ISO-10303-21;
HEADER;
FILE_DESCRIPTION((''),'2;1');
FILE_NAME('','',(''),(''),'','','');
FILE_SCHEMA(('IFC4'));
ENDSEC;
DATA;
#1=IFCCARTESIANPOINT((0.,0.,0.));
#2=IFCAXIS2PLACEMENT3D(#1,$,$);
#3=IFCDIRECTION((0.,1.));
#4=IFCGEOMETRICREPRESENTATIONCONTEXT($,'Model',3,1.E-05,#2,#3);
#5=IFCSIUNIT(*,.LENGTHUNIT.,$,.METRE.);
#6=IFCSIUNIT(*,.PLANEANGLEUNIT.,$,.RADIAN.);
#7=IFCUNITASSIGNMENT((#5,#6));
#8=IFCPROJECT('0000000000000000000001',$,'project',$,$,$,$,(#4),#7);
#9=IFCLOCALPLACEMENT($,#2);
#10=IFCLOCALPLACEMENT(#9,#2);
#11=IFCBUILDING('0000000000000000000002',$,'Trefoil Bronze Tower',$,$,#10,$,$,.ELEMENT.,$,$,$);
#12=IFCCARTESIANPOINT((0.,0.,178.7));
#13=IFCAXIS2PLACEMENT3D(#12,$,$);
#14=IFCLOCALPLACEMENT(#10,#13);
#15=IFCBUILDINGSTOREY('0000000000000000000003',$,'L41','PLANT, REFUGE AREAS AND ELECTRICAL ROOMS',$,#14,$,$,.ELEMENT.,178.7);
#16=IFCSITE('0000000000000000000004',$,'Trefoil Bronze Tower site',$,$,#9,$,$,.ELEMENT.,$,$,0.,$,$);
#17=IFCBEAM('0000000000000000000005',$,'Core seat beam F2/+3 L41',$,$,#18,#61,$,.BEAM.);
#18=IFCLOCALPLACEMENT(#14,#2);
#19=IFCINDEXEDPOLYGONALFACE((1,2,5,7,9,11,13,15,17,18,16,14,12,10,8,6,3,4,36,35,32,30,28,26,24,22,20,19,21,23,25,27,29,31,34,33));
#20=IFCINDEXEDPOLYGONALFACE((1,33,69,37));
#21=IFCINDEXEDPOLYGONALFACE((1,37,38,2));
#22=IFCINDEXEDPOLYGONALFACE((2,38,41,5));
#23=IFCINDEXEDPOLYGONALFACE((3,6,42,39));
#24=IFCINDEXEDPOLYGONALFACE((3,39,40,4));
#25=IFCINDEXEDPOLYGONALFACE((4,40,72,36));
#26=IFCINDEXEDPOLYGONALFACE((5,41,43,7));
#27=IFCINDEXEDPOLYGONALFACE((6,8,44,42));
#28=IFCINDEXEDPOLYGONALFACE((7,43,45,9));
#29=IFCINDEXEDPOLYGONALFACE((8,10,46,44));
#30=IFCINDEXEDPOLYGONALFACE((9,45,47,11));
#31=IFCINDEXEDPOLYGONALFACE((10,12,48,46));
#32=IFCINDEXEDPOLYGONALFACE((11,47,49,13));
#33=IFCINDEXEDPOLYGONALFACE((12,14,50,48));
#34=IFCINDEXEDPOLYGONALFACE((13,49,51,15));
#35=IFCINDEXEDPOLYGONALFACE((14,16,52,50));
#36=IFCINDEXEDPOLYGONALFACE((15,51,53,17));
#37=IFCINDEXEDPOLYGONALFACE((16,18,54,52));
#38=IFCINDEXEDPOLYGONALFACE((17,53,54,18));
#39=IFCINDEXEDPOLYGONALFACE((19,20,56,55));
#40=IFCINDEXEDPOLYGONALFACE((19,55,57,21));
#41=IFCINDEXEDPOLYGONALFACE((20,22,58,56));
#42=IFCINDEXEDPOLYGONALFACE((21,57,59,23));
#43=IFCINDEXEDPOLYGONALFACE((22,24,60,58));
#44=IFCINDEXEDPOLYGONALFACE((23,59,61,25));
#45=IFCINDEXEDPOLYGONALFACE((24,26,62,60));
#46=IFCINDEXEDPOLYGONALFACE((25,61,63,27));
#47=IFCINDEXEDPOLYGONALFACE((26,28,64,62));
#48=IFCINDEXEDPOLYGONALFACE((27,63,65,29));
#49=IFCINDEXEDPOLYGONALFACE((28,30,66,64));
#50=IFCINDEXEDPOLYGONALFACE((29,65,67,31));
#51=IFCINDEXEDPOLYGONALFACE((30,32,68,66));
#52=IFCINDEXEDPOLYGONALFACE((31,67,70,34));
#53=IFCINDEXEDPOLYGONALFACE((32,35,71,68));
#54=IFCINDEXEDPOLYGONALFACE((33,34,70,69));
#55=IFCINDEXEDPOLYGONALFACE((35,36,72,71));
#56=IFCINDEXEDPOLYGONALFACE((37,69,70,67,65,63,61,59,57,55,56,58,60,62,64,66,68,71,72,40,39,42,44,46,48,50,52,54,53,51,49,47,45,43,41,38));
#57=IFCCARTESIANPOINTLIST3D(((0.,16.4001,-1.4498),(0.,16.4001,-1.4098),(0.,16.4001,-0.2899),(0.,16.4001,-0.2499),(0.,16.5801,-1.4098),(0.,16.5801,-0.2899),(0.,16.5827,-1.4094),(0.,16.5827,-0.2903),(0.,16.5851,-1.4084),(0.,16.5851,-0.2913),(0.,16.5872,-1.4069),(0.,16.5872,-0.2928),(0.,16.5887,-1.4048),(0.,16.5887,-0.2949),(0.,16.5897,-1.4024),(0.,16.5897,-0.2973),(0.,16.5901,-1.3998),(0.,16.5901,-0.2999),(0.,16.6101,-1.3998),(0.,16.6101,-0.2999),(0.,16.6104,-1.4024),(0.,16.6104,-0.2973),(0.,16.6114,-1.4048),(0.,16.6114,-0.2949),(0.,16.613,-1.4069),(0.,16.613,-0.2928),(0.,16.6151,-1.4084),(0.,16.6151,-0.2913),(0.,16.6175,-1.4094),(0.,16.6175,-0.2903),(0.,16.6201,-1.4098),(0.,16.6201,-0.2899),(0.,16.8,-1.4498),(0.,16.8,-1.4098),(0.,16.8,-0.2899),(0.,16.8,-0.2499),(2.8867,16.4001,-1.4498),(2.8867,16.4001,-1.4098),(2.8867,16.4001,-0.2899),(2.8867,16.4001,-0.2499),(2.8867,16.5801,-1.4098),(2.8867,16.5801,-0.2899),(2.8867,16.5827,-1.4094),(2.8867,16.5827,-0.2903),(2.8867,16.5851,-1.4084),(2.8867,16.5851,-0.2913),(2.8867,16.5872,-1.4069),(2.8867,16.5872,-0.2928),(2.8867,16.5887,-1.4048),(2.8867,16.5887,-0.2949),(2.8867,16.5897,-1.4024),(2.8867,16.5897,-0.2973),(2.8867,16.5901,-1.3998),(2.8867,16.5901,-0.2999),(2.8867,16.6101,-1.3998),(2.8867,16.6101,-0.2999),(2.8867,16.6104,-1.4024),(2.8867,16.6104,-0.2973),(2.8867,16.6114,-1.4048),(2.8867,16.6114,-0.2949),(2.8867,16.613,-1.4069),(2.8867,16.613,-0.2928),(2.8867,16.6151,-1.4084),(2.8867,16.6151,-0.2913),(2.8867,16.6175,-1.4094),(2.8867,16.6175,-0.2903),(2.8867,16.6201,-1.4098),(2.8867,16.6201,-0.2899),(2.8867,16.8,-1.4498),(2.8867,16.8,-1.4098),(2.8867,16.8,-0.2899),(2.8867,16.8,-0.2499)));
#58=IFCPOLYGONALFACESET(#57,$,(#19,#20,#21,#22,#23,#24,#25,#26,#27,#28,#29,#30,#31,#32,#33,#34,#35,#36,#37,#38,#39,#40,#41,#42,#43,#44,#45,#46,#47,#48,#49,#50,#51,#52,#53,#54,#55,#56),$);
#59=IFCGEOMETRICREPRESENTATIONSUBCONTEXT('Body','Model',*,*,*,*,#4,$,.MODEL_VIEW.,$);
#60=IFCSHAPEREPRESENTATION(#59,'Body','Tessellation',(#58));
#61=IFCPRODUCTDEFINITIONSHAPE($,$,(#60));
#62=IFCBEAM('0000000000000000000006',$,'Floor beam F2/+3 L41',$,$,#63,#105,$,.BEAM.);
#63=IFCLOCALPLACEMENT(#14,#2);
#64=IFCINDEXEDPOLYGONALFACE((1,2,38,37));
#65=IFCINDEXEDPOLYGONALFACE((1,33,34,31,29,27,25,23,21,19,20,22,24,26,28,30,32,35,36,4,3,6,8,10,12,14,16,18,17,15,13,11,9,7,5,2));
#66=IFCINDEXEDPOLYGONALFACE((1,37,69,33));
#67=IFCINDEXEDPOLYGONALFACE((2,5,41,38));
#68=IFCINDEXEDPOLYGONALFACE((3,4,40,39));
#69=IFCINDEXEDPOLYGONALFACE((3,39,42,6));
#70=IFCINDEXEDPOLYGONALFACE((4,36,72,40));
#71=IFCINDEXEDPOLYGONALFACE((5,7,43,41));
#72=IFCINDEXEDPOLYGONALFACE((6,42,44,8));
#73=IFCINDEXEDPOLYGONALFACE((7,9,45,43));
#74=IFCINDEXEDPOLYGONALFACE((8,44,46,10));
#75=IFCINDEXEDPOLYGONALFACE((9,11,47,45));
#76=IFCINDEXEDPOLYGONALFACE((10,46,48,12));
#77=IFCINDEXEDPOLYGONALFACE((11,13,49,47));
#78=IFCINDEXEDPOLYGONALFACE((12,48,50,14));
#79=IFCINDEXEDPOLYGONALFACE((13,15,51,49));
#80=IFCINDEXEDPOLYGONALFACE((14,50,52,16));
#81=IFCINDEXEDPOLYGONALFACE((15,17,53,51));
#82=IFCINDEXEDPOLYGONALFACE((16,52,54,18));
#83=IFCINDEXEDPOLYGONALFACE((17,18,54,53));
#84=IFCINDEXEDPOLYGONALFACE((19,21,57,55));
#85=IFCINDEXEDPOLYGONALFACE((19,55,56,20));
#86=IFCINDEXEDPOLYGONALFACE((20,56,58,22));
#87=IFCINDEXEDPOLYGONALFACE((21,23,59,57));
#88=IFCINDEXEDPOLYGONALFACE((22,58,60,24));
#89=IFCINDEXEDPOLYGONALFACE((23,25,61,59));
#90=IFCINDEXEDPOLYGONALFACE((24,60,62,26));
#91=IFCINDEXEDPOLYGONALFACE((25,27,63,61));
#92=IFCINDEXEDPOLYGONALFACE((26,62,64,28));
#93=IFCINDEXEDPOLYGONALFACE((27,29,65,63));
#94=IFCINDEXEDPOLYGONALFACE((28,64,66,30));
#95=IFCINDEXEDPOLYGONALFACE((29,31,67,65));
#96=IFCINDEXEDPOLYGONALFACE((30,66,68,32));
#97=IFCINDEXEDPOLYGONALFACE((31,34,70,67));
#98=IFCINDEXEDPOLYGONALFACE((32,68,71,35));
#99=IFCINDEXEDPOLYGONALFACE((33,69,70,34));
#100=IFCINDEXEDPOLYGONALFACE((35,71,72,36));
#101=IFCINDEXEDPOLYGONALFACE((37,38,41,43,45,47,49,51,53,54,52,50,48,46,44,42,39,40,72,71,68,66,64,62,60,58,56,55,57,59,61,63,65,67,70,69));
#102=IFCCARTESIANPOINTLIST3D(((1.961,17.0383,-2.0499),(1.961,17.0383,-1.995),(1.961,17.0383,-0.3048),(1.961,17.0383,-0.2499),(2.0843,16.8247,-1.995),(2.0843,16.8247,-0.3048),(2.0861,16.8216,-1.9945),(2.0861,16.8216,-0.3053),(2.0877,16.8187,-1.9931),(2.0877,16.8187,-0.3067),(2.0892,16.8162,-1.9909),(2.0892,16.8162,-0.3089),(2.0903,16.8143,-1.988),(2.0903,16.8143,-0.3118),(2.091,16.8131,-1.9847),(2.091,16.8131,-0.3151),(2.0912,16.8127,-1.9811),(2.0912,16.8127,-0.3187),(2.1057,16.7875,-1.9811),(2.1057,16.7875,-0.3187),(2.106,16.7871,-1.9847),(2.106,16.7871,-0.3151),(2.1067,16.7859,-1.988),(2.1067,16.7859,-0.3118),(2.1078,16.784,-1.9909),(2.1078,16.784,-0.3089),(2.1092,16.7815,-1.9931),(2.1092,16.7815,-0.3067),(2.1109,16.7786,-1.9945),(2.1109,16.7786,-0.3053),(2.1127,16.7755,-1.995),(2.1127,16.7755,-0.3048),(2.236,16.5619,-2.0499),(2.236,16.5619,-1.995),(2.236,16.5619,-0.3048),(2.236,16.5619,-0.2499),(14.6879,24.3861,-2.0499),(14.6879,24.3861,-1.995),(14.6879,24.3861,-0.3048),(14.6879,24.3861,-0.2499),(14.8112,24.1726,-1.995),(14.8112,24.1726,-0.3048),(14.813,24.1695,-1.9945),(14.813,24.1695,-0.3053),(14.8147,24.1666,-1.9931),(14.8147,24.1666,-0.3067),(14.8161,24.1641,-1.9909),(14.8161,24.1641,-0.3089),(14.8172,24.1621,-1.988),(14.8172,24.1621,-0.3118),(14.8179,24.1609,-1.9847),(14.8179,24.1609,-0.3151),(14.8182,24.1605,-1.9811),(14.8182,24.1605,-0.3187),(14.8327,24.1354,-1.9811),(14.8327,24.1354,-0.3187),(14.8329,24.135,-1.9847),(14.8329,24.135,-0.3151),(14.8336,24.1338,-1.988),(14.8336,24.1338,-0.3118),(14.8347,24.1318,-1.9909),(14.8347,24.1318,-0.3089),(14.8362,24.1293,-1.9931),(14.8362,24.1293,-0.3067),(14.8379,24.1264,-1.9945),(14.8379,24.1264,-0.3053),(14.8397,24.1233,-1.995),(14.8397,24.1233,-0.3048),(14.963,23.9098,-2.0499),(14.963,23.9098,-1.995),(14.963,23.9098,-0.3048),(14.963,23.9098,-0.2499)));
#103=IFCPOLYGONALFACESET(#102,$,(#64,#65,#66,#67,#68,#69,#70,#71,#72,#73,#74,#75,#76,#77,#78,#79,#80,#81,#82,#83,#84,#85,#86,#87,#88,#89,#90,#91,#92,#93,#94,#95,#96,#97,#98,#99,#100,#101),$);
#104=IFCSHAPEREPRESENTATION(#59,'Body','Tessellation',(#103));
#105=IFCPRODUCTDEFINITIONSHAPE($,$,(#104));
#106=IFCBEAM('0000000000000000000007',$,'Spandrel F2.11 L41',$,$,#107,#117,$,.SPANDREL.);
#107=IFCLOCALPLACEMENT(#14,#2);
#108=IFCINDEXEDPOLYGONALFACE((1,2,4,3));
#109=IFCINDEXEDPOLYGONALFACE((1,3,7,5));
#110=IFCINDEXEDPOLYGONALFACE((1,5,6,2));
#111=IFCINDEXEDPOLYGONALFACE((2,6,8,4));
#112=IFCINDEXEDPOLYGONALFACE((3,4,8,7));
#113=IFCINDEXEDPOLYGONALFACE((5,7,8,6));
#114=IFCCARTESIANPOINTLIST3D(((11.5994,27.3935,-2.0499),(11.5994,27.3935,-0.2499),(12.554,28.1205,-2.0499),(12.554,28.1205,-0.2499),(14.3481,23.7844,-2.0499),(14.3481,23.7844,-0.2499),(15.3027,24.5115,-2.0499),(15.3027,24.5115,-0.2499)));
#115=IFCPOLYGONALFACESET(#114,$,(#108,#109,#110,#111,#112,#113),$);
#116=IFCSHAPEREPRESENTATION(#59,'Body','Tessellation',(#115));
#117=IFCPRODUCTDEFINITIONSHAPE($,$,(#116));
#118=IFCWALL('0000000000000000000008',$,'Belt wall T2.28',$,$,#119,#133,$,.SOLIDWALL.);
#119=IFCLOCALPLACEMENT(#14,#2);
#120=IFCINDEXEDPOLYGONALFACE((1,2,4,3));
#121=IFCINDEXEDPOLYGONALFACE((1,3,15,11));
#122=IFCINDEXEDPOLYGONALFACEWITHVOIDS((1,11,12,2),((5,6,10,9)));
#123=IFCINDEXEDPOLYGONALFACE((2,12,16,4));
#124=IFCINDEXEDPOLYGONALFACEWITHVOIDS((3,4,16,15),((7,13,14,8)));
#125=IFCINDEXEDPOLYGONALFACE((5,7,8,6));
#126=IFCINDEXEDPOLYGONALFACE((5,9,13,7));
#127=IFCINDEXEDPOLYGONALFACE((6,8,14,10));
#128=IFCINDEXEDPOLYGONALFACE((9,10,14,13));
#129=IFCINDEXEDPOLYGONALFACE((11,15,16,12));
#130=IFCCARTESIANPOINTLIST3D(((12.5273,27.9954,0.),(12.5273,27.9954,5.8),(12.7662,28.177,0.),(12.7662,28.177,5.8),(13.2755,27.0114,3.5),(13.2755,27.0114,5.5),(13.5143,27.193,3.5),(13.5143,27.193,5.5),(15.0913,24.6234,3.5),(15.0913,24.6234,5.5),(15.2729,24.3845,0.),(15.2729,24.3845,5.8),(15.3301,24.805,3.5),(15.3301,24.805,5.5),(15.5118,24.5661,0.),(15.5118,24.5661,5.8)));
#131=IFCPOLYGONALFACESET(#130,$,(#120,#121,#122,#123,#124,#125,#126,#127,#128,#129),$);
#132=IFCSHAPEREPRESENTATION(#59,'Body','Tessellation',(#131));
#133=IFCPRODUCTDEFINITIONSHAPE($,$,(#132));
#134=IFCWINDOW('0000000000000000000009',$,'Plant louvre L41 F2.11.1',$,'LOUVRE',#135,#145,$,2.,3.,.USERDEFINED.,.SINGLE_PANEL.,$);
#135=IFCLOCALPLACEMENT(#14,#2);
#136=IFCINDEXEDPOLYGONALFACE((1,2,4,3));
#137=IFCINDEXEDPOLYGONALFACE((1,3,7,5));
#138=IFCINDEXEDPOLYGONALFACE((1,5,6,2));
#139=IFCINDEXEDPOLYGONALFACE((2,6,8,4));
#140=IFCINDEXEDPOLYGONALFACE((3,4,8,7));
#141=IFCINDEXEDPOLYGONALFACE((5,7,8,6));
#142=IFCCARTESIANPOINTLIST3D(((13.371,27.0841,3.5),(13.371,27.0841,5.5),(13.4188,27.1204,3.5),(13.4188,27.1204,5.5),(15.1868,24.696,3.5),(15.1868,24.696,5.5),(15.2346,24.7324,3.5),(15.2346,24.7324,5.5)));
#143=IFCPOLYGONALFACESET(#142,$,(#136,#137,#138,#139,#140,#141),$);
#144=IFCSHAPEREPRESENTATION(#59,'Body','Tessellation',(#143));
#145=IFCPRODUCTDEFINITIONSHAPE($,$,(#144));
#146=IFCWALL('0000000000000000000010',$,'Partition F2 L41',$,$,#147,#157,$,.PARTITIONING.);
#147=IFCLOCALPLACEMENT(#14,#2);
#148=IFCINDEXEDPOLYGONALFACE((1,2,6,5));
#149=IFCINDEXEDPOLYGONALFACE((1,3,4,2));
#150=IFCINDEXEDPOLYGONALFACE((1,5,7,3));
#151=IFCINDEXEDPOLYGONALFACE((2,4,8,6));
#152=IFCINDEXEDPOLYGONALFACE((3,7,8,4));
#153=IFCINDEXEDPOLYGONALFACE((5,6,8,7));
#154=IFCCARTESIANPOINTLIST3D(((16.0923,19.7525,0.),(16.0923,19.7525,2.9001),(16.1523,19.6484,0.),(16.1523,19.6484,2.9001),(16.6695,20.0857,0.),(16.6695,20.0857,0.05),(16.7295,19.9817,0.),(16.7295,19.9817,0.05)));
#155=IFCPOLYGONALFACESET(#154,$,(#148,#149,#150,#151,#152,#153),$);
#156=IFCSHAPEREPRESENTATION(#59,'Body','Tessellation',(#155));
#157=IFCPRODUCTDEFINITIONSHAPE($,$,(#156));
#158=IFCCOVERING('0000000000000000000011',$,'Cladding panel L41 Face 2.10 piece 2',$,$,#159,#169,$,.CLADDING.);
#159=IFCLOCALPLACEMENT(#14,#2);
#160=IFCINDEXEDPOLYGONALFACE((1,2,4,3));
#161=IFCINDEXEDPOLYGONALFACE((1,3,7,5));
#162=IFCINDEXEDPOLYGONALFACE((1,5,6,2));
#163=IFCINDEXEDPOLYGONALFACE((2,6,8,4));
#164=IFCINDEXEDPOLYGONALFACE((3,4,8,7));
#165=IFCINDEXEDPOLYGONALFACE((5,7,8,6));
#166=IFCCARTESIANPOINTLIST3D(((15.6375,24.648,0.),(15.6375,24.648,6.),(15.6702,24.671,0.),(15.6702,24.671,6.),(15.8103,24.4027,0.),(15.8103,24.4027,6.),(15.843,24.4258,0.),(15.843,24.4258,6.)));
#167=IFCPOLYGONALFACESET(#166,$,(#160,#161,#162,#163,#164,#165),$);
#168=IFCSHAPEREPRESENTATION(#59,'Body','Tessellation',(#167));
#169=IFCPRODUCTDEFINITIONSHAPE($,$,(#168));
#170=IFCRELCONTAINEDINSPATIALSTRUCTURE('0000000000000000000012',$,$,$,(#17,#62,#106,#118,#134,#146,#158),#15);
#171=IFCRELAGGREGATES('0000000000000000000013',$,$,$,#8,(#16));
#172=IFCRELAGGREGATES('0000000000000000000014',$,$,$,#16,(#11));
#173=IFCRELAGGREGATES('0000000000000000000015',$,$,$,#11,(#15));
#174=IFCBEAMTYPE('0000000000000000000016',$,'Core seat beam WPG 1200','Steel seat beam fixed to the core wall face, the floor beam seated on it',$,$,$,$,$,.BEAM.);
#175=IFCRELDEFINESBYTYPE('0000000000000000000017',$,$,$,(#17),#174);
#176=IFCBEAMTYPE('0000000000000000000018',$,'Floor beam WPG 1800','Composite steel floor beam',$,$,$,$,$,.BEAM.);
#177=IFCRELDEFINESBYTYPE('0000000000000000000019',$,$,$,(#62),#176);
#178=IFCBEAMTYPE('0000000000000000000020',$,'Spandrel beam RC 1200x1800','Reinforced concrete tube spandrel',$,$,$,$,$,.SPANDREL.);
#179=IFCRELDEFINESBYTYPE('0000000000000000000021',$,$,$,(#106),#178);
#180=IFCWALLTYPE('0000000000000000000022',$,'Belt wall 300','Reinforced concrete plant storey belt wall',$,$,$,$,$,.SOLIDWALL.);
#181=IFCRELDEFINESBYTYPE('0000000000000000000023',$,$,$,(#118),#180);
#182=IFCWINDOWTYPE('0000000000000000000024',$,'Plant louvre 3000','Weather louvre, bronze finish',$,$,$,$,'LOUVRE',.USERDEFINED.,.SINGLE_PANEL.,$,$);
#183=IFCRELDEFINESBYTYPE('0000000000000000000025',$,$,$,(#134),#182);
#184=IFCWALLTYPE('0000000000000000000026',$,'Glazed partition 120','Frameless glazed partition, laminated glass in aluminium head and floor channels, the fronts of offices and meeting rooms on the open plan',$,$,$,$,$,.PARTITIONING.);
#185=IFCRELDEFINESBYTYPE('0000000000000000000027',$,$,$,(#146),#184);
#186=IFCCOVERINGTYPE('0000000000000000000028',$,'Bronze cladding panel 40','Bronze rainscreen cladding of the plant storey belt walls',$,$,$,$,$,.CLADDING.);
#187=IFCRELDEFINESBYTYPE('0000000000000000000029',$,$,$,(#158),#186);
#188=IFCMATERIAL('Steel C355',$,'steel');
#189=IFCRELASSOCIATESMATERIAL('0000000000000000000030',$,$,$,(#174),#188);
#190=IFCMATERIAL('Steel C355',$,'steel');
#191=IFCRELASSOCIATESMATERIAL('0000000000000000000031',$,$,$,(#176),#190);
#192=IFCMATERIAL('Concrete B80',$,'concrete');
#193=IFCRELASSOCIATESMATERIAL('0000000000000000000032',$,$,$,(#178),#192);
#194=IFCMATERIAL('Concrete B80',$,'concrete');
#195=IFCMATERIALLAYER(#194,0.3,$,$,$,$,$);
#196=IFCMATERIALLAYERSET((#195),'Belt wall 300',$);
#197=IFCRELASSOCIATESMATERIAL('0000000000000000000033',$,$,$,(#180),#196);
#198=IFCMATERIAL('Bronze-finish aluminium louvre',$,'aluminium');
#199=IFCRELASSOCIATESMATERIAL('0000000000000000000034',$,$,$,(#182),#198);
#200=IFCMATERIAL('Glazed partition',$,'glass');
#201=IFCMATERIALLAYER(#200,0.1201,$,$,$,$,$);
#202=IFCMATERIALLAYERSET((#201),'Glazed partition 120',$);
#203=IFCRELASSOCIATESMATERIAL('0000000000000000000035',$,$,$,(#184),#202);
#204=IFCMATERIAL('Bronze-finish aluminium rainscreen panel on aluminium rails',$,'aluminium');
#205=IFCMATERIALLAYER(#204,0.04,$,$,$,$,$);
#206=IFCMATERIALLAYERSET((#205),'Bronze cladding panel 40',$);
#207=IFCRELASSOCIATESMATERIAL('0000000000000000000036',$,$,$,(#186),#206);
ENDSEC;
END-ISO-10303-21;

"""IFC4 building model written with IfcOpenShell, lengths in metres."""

from ifc_helpers import new_model, si_unit, direction, frame, frame_2d, origin, origin_2d, place, context, subcontext, project, spatial, polyline, rectangle, i_section, outline, extrude, material, layer, layer_set, material_profile, profile_set, type_object, element, fill, save


model = new_model("IFC4")

# Units and contexts
model_context = context("Model", 3, precision=1e-05, world=origin(), true_north=direction((0.0, 1.0)))
body_context = subcontext(model_context, "Body", "Model", "MODEL_VIEW")
ifc_project = project(units=[si_unit("LENGTHUNIT", "METRE"), si_unit("PLANEANGLEUNIT", "RADIAN")], contexts=[model_context])

# Site, building, storey
site_placement = place(None, origin())
site = spatial("IfcSite", under=ifc_project, at=site_placement, Name="Trefoil Bronze Tower site", CompositionType="ELEMENT", RefElevation=0.0)
building_placement = place(site_placement, origin())
building = spatial("IfcBuilding", under=site, at=building_placement, Name="Trefoil Bronze Tower", CompositionType="ELEMENT")
storey_placement = place(building_placement, frame((0.0, 0.0, 178.7)))
storey = spatial("IfcBuildingStorey", under=building, at=storey_placement, Name="L41", Description="PLANT, REFUGE AREAS AND ELECTRICAL ROOMS", CompositionType="ELEMENT", Elevation=178.7)

# Beams
ifc_material_1 = material(Name="Steel C355", Category="steel")
ifc_material_profile_1 = material_profile(ifc_material_1, i_section(OverallWidth=0.3999, OverallDepth=1.2, WebThickness=0.02, FlangeThickness=0.04, FilletRadius=0.01, at=origin_2d()), Name="WPG 1200")
ifc_profile_set_1 = profile_set([ifc_material_profile_1], Name="Steel C355")
beam_type_1 = type_object("IfcBeamType", Name="Core seat beam WPG 1200", Description="Steel seat beam fixed to the core wall face, the floor beam seated on it", PredefinedType="BEAM", material=ifc_profile_set_1)
beam_1_placement = place(storey_placement, frame((2.8867, 16.6001, -0.8499), z_axis=(-1.0, 0.0, 0.0), x_axis=(0.0, -1.0, 0.0)))
element("IfcBeam", 1, at=beam_1_placement, inside=storey, type_object=beam_type_1, Name="Core seat beam F2/+3 L41", PredefinedType="BEAM", context=body_context, shape_type="SweptSolid", body=[
    extrude(i_section(OverallWidth=0.3999, OverallDepth=1.2, WebThickness=0.02, FlangeThickness=0.04, FilletRadius=0.01, at=origin_2d()), origin(), (0.0, 0.0, 1.0), 2.8867),
])
ifc_material_2 = material(Name="Steel C355", Category="steel")
ifc_material_profile_2 = material_profile(ifc_material_2, i_section(OverallWidth=0.55, OverallDepth=1.8, WebThickness=0.0291, FlangeThickness=0.0549, FilletRadius=0.0139, at=origin_2d()), Name="WPG 1800")
ifc_profile_set_2 = profile_set([ifc_material_profile_2], Name="Steel C355")
beam_type_2 = type_object("IfcBeamType", Name="Floor beam WPG 1800", Description="Composite steel floor beam", PredefinedType="BEAM", material=ifc_profile_set_2)
beam_2_placement = place(storey_placement, frame((14.8254, 24.1479, -1.1499), z_axis=(-0.866027, -0.499997, 0.0), x_axis=(0.499997, -0.866027, 0.0)))
element("IfcBeam", 2, at=beam_2_placement, inside=storey, type_object=beam_type_2, Name="Floor beam F2/+3 L41", PredefinedType="BEAM", context=body_context, shape_type="SweptSolid", body=[
    extrude(i_section(OverallWidth=0.55, OverallDepth=1.8, WebThickness=0.0291, FlangeThickness=0.0549, FilletRadius=0.0139, at=origin_2d()), origin(), (0.0, 0.0, 1.0), 14.6958),
])
ifc_material_3 = material(Name="Concrete B80", Category="concrete")
ifc_material_profile_3 = material_profile(ifc_material_3, rectangle(XDim=1.2, YDim=1.8, at=origin_2d()), Name="RC 1200x1800")
ifc_profile_set_3 = profile_set([ifc_material_profile_3], Name="Concrete B80")
beam_type_3 = type_object("IfcBeamType", Name="Spandrel beam RC 1200x1800", Description="Reinforced concrete tube spandrel", PredefinedType="SPANDREL", material=ifc_profile_set_3)
beam_3_placement = place(storey_placement, frame((14.8254, 24.1479, -1.1499), z_axis=(-0.605899, 0.795542, 0.0), x_axis=(-0.795542, -0.605899, 0.0)))
element("IfcBeam", 3, at=beam_3_placement, inside=storey, type_object=beam_type_3, Name="Spandrel F2.11 L41", PredefinedType="SPANDREL", context=body_context, shape_type="SweptSolid", body=[
    extrude(rectangle(XDim=1.2, YDim=1.8, at=origin_2d()), origin(), (0.0, 0.0, 1.0), 4.5366),
])

# Wall, opening, window
ifc_material_4 = material(Name="Concrete B80", Category="concrete")
ifc_layer_1 = layer(ifc_material_4, 0.3)
ifc_layer_set_1 = layer_set([ifc_layer_1], Name="Belt wall 300")
wall_type_1 = type_object("IfcWallType", Name="Belt wall 300", Description="Reinforced concrete plant storey belt wall", PredefinedType="SOLIDWALL", material=ifc_layer_set_1)
wall_1_placement = place(storey_placement, frame((15.3923, 24.4753, 0.0), z_axis=(0.0, 0.0, 1.0), x_axis=(-0.605274, 0.796017, 0.0)))
wall_1 = element("IfcWall", 4, at=wall_1_placement, inside=storey, type_object=wall_type_1, Name="Belt wall T2.28", PredefinedType="SOLIDWALL", context=body_context, shape_type="SweptSolid", body=[
    extrude(rectangle(XDim=4.5361, YDim=0.3, at=frame_2d((2.2681, 0.0))), origin(), (0.0, 0.0, 1.0), 5.8),
])
opening_placement = place(wall_1_placement, frame((0.3, 0.0, 3.5)))
opening = element("IfcOpeningElement", 5, at=opening_placement, cuts=wall_1, PredefinedType="OPENING", context=body_context, shape_type="SweptSolid", body=[
    extrude(rectangle(XDim=3.0, YDim=2.0, at=frame_2d((1.5, 1.0))), frame((0.0, 0.1599, 0.0), z_axis=(0.0, -1.0, 0.0), x_axis=(1.0, 0.0, 0.0)), (0.0, 0.0, 1.0), 0.3201),
])
ifc_material_5 = material(Name="Bronze-finish aluminium louvre", Category="aluminium")
window_type = type_object("IfcWindowType", Name="Plant louvre 3000", Description="Weather louvre, bronze finish", ElementType="LOUVRE", PartitioningType="SINGLE_PANEL", PredefinedType="USERDEFINED", material=ifc_material_5)
window_placement = place(opening_placement, origin())
window = element("IfcWindow", 6, at=window_placement, inside=storey, type_object=window_type, Name="Plant louvre L41 F2.11.1", ObjectType="LOUVRE", OverallHeight=2.0, OverallWidth=3.0, PartitioningType="SINGLE_PANEL", PredefinedType="USERDEFINED", context=body_context, shape_type="SweptSolid", body=[
    extrude(rectangle(XDim=3.0, YDim=2.0, at=frame_2d((1.5, 1.0))), frame((0.0, 0.03, 0.0), z_axis=(0.0, -1.0, 0.0), x_axis=(1.0, 0.0, 0.0)), (0.0, 0.0, 1.0), 0.0601),
])
fill(opening, window)

# Wall
ifc_material_6 = material(Name="Glazed partition", Category="glass")
ifc_layer_2 = layer(ifc_material_6, 0.1201)
ifc_layer_set_2 = layer_set([ifc_layer_2], Name="Glazed partition 120")
wall_type_2 = type_object("IfcWallType", Name="Glazed partition 120", Description="Frameless glazed partition, laminated glass in aluminium head and floor channels, the fronts of offices and meeting rooms on the open plan", PredefinedType="PARTITIONING", material=ifc_layer_set_2)
wall_2_placement = place(storey_placement, frame((16.1223, 19.7004, 0.0), z_axis=(0.0, 0.0, 1.0), x_axis=(0.866003, 0.50004, 0.0)))
element("IfcWall", 7, at=wall_2_placement, inside=storey, type_object=wall_type_2, Name="Partition F2 L41", PredefinedType="PARTITIONING", context=body_context, shape_type="SweptSolid", body=[
    extrude(outline(polyline([(0.0, 0.0), (0.6665, 0.0), (0.6665, 0.05), (0.0, 2.9001), (0.0, 0.0)])), frame((0.0, 0.0601, 0.0), z_axis=(0.0, -1.0, 0.0), x_axis=(1.0, 0.0, 0.0)), (0.0, 0.0, 1.0), 0.1201),
])

# Covering
ifc_material_7 = material(Name="Bronze-finish aluminium rainscreen panel on aluminium rails", Category="aluminium")
ifc_layer_3 = layer(ifc_material_7, 0.04)
ifc_layer_set_3 = layer_set([ifc_layer_3], Name="Bronze cladding panel 40")
covering_type_1 = type_object("IfcCoveringType", Name="Bronze cladding panel 40", Description="Bronze rainscreen cladding of the plant storey belt walls", PredefinedType="CLADDING", material=ifc_layer_set_3)
covering_1_placement = place(storey_placement, frame((15.7402, 24.5369, 0.0), z_axis=(0.0, 0.0, 1.0), x_axis=(-0.575999, 0.81745, 0.0)))
element("IfcCovering", 8, at=covering_1_placement, inside=storey, type_object=covering_type_1, Name="Cladding panel L41 Face 2.10 piece 2", PredefinedType="CLADDING", context=body_context, shape_type="SweptSolid", body=[
    extrude(rectangle(XDim=0.3, YDim=0.04, at=origin_2d()), origin(), (0.0, 0.0, 1.0), 6.0),
])

save(model, "model.ifc")
